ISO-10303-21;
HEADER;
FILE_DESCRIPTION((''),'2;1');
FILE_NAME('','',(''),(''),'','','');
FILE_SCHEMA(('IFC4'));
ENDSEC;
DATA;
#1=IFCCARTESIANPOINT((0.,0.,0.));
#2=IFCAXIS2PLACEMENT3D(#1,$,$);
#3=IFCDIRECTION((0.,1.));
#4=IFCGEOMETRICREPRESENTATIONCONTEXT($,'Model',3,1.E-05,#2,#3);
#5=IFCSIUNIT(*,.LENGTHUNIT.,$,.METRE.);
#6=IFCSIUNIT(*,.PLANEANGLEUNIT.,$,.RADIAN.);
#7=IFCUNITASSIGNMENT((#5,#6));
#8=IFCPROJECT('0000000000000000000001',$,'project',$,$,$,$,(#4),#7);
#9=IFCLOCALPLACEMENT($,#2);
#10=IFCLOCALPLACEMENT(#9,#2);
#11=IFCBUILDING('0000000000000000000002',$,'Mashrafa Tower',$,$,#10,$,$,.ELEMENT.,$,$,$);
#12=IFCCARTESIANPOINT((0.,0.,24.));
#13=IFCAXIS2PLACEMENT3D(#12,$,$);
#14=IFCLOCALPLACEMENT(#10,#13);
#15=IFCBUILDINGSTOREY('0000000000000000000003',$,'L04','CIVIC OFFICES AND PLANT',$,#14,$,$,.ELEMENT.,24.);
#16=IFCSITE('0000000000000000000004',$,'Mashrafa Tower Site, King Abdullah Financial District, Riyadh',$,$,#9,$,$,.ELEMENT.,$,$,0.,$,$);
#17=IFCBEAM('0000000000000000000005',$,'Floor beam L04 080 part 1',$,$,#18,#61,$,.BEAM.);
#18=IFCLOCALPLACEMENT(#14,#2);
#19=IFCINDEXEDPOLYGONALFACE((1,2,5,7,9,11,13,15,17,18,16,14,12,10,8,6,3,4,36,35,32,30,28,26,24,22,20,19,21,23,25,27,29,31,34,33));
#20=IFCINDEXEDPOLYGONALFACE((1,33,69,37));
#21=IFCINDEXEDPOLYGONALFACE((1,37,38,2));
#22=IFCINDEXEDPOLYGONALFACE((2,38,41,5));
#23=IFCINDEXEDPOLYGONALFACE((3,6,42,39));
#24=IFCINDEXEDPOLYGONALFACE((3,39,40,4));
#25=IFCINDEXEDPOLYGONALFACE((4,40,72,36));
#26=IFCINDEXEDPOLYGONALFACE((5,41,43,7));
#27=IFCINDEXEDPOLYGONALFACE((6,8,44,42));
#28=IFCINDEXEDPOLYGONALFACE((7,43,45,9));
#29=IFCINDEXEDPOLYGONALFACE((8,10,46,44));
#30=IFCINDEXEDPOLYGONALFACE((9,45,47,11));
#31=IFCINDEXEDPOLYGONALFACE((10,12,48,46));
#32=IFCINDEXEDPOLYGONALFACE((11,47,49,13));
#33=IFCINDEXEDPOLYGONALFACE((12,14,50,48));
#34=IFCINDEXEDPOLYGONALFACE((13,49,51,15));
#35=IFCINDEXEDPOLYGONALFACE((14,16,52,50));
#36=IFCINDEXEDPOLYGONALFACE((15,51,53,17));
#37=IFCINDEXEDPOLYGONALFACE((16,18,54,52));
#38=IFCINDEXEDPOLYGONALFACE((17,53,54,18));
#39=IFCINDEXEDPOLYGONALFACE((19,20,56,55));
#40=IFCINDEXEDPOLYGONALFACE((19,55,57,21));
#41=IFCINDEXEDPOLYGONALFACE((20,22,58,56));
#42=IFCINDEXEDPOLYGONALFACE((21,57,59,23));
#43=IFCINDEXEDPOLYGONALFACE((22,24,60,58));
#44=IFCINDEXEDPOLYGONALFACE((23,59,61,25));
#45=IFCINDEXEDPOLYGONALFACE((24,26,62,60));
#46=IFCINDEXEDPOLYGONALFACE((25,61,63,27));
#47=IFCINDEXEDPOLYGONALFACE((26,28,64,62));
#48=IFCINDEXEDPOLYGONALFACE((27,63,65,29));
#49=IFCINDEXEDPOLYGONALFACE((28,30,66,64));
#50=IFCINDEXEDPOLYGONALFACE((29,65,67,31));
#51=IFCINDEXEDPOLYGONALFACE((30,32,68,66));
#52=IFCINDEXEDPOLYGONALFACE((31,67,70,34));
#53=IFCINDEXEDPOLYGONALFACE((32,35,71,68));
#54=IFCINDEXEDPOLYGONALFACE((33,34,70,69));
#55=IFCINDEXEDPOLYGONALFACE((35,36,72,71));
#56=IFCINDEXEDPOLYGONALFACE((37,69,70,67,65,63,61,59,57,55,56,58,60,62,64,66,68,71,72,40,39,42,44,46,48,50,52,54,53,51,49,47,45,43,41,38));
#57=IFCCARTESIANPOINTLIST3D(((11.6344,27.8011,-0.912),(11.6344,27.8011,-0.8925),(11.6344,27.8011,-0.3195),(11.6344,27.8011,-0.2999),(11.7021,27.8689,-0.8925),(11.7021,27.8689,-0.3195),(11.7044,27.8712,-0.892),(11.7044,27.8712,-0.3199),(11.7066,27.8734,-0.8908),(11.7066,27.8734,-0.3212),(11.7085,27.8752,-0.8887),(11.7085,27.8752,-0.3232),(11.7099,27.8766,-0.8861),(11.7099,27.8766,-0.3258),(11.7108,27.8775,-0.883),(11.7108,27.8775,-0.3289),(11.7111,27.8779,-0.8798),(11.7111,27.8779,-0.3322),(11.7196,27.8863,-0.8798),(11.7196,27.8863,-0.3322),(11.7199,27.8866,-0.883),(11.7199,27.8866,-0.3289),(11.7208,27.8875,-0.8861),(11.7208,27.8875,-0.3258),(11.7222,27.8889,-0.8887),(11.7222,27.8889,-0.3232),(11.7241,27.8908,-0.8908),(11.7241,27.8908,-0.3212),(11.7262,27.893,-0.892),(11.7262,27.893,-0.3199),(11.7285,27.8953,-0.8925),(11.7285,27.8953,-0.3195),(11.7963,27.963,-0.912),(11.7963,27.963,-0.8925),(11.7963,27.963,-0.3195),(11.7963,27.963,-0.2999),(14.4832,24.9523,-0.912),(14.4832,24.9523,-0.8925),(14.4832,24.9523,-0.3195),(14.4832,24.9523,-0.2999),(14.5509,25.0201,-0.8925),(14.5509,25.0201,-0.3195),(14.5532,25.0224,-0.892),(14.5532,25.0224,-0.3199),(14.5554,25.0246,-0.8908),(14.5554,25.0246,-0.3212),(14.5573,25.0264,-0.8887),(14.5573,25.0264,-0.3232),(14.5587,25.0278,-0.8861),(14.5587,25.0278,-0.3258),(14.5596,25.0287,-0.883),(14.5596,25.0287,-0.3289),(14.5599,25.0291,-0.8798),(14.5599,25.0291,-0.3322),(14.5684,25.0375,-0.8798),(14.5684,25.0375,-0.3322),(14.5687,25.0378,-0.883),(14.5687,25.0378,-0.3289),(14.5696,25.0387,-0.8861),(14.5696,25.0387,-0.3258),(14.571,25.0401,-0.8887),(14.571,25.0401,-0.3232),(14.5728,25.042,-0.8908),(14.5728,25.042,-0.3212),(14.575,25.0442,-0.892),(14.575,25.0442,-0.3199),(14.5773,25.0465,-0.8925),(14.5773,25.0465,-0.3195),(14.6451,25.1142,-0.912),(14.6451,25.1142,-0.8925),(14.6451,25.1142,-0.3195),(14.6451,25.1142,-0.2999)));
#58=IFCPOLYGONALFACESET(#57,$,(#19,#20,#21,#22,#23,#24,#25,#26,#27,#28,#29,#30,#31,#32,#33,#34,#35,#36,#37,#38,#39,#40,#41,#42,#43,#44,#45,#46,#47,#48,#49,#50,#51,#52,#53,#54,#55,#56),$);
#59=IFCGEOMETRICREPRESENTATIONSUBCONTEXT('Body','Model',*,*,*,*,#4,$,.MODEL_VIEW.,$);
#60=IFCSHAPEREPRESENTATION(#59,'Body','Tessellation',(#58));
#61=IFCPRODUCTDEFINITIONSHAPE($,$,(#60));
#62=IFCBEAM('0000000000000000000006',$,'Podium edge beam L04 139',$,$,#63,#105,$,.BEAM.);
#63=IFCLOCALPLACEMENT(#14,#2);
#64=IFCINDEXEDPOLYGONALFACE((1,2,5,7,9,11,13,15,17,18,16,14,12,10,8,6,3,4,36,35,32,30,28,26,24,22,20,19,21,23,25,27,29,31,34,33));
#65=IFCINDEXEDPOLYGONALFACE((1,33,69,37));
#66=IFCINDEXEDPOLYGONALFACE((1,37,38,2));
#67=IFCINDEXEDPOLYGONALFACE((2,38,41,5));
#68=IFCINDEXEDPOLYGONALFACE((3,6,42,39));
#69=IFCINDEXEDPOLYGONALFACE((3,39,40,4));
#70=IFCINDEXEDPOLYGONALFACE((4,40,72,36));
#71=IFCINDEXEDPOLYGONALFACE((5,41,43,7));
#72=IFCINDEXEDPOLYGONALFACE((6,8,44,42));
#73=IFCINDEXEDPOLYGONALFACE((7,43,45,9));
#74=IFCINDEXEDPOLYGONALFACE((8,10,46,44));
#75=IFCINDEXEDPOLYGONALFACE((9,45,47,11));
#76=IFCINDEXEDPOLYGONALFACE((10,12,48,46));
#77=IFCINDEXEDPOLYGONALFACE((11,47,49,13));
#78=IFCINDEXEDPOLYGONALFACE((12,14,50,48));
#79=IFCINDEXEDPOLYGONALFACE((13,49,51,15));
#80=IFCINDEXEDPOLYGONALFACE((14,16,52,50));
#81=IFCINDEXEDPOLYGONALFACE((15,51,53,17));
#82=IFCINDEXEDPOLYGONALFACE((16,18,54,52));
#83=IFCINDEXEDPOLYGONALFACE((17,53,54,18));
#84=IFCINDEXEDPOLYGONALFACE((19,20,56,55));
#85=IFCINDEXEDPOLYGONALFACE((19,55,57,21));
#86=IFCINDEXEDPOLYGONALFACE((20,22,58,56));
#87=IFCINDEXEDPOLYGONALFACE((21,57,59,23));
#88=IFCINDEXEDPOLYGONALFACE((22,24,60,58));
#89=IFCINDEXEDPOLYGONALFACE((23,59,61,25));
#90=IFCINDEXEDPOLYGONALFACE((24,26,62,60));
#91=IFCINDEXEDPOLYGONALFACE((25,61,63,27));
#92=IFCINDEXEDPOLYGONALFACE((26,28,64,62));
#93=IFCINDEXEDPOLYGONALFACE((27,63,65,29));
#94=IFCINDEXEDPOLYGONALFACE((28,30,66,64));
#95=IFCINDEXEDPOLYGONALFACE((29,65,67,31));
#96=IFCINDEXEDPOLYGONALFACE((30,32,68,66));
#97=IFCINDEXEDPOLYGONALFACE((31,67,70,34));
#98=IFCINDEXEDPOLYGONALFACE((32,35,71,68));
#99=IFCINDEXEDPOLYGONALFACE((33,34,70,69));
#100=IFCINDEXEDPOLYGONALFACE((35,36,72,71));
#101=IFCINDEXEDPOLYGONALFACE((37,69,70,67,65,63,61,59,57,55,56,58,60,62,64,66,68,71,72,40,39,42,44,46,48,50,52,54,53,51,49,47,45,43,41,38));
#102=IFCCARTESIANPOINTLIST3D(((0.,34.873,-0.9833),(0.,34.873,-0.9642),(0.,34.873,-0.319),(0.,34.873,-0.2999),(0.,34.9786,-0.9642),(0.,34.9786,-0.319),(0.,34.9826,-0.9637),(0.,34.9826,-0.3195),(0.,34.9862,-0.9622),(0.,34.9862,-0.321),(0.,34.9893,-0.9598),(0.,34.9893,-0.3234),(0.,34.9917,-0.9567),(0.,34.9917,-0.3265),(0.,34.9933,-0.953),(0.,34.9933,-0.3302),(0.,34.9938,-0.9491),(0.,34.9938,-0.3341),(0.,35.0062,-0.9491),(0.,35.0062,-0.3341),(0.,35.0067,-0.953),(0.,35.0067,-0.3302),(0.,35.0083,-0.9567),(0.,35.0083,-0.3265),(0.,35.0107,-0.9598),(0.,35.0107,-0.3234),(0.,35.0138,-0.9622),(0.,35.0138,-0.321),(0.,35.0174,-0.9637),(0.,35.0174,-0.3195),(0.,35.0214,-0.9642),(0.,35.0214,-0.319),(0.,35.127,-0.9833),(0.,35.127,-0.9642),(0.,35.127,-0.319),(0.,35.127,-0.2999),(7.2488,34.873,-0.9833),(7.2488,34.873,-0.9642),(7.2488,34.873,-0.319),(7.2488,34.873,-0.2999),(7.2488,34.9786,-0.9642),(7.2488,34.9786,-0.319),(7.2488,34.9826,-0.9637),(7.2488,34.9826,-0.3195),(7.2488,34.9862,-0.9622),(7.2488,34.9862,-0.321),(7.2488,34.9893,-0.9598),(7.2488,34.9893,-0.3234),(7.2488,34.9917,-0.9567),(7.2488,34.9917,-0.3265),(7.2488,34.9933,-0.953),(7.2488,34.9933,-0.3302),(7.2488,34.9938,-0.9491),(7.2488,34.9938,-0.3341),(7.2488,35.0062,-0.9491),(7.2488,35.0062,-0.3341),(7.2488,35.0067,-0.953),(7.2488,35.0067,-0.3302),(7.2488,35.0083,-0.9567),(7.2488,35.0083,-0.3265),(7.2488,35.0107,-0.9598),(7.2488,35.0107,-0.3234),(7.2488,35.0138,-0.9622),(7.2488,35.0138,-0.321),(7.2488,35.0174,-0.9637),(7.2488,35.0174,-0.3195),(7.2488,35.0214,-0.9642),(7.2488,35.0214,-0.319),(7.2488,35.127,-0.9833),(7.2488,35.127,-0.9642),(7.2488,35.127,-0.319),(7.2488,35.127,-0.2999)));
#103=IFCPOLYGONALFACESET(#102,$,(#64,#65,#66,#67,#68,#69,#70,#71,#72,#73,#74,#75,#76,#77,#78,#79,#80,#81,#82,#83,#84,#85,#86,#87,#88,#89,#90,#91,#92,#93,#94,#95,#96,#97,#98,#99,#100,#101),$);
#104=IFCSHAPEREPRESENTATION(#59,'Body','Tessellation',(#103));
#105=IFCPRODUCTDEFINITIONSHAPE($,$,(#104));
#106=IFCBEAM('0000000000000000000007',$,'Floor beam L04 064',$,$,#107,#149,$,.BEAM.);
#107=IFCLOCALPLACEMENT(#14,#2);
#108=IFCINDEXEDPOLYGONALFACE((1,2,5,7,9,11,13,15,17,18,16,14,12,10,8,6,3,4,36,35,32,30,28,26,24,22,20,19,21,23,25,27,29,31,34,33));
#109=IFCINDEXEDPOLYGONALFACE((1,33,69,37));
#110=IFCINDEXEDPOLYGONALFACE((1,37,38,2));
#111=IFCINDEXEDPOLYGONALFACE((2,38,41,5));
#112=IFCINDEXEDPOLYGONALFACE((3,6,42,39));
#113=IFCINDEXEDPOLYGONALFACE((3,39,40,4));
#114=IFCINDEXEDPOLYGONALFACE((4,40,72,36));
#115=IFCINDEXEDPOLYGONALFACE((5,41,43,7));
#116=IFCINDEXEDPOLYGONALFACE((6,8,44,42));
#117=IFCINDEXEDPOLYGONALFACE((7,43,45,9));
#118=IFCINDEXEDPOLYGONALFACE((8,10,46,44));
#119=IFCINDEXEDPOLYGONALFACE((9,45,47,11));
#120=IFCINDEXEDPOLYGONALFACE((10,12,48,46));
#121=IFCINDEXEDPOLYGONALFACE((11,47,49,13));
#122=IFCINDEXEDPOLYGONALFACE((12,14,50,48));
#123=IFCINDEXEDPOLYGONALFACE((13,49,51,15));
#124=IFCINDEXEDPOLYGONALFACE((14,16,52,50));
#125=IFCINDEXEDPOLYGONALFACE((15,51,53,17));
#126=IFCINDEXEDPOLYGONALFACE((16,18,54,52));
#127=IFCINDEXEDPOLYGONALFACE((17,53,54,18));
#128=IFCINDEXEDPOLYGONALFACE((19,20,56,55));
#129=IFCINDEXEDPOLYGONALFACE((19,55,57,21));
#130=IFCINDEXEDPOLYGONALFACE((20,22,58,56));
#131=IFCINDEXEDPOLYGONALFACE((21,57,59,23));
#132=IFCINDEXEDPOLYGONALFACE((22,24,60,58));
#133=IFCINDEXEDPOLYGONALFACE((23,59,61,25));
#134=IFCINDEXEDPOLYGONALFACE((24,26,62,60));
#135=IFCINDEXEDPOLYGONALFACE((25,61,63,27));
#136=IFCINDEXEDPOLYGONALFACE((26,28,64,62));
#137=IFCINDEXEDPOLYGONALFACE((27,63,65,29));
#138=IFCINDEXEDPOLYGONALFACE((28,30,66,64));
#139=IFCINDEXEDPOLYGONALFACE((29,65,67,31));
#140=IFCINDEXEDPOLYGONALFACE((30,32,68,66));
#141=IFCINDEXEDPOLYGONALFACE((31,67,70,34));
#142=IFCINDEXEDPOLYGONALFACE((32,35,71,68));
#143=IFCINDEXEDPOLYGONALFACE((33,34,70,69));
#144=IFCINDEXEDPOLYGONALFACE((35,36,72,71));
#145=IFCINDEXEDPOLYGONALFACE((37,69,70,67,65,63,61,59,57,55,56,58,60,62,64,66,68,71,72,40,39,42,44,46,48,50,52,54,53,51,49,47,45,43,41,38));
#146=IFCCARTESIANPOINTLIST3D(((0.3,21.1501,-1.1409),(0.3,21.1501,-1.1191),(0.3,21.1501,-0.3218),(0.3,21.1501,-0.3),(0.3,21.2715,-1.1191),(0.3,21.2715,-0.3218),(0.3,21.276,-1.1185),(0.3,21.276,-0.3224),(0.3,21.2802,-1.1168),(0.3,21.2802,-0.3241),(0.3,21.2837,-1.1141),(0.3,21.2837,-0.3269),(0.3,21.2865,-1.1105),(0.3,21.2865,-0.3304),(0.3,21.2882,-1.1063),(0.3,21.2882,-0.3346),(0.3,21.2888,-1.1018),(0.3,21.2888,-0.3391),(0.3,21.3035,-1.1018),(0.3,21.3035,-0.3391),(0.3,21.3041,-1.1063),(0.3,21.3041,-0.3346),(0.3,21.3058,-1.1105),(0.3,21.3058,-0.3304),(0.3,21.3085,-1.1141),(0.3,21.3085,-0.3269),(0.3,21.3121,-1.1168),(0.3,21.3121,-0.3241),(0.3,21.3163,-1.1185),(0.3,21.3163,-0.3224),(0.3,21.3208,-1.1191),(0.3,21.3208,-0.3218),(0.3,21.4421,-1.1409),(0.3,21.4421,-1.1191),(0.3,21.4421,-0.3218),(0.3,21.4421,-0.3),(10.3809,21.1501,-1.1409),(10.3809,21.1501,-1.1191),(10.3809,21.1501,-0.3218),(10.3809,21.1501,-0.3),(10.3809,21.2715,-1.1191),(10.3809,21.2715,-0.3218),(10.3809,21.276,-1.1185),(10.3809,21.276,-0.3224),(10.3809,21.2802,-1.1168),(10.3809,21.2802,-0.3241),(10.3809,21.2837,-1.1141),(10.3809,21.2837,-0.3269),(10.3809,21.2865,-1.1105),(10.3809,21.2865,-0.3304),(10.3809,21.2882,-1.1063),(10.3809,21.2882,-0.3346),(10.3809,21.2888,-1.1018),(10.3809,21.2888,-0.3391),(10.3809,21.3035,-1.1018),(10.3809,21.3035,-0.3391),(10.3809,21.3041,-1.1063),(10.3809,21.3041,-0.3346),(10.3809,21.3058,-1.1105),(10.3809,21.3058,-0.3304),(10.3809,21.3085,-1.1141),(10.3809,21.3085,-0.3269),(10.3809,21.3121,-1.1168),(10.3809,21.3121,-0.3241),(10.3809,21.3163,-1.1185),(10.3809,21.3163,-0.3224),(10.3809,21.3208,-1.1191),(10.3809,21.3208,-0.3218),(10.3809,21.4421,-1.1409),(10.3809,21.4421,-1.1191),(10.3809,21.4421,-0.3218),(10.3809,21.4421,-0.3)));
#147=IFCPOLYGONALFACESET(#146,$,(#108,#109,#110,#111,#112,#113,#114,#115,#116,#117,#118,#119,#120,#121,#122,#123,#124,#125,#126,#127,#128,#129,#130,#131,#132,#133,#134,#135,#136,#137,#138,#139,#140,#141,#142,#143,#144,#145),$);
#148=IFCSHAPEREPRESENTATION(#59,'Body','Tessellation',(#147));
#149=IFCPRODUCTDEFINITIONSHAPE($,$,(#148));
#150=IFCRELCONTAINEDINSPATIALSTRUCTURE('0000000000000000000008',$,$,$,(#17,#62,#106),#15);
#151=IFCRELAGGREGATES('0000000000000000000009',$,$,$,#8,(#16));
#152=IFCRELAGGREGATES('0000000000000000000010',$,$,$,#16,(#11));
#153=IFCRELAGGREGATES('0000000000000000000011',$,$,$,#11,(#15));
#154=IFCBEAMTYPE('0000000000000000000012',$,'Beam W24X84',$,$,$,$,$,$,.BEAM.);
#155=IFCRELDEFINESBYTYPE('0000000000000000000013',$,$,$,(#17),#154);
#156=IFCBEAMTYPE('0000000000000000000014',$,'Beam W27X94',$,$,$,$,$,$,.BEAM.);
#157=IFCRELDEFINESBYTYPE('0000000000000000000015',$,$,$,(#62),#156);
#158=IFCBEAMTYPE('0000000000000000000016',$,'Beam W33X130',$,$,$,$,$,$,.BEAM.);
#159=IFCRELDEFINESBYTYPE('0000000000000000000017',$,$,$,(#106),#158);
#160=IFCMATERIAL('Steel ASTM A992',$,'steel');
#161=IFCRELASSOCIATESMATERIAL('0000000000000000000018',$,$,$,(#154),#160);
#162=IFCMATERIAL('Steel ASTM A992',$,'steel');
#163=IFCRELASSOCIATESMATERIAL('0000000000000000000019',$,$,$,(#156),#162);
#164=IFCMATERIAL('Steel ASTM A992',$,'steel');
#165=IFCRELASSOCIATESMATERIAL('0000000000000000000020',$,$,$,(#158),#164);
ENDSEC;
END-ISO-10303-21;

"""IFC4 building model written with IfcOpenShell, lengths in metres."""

from ifc_helpers import new_model, si_unit, direction, frame, origin, origin_2d, place, context, subcontext, project, spatial, i_section, extrude, material, material_profile, profile_set, type_object, element, save


model = new_model("IFC4")

# Units and contexts
model_context = context("Model", 3, precision=1e-05, world=origin(), true_north=direction((0.0, 1.0)))
body_context = subcontext(model_context, "Body", "Model", "MODEL_VIEW")
ifc_project = project(units=[si_unit("LENGTHUNIT", "METRE"), si_unit("PLANEANGLEUNIT", "RADIAN")], contexts=[model_context])

# Site, building, storey
site_placement = place(None, origin())
site = spatial("IfcSite", under=ifc_project, at=site_placement, Name="Mashrafa Tower Site, King Abdullah Financial District, Riyadh", CompositionType="ELEMENT", RefElevation=0.0)
building_placement = place(site_placement, origin())
building = spatial("IfcBuilding", under=site, at=building_placement, Name="Mashrafa Tower", CompositionType="ELEMENT")
storey_placement = place(building_placement, frame((0.0, 0.0, 24.0)))
storey = spatial("IfcBuildingStorey", under=building, at=storey_placement, Name="L04", Description="CIVIC OFFICES AND PLANT", CompositionType="ELEMENT", Elevation=24.0)

# Beams
ifc_material_1 = material(Name="Steel ASTM A992", Category="steel")
ifc_material_profile_1 = material_profile(ifc_material_1, i_section(OverallWidth=0.229, OverallDepth=0.6121, WebThickness=0.012, FlangeThickness=0.0195, FilletRadius=0.0127, at=origin_2d()), Name="W24X84")
ifc_profile_set_1 = profile_set([ifc_material_profile_1], Name="Steel ASTM A992")
beam_type_1 = type_object("IfcBeamType", Name="Beam W24X84", PredefinedType="BEAM", material=ifc_profile_set_1)
beam_1_placement = place(storey_placement, frame((11.7153, 27.8821, -0.606), z_axis=(0.707107, -0.707107, 0.0), x_axis=(0.707107, 0.707107, 0.0)))
element("IfcBeam", 1, at=beam_1_placement, inside=storey, type_object=beam_type_1, Name="Floor beam L04 080 part 1", PredefinedType="BEAM", context=body_context, shape_type="SweptSolid", body=[
    extrude(i_section(OverallWidth=0.229, OverallDepth=0.6121, WebThickness=0.012, FlangeThickness=0.0195, FilletRadius=0.0127, at=origin_2d()), origin(), (0.0, 0.0, 1.0), 4.0288),
])
ifc_material_2 = material(Name="Steel ASTM A992", Category="steel")
ifc_material_profile_2 = material_profile(ifc_material_2, i_section(OverallWidth=0.2539, OverallDepth=0.6833, WebThickness=0.0125, FlangeThickness=0.019, FilletRadius=0.0151, at=origin_2d()), Name="W27X94")
ifc_profile_set_2 = profile_set([ifc_material_profile_2], Name="Steel ASTM A992")
beam_type_2 = type_object("IfcBeamType", Name="Beam W27X94", PredefinedType="BEAM", material=ifc_profile_set_2)
beam_2_placement = place(storey_placement, frame((7.2488, 35.0, -0.6416), z_axis=(-1.0, 0.0, 0.0), x_axis=(0.0, -1.0, 0.0)))
element("IfcBeam", 2, at=beam_2_placement, inside=storey, type_object=beam_type_2, Name="Podium edge beam L04 139", PredefinedType="BEAM", context=body_context, shape_type="SweptSolid", body=[
    extrude(i_section(OverallWidth=0.2539, OverallDepth=0.6833, WebThickness=0.0125, FlangeThickness=0.019, FilletRadius=0.0151, at=origin_2d()), origin(), (0.0, 0.0, 1.0), 7.2488),
])
ifc_material_3 = material(Name="Steel ASTM A992", Category="steel")
ifc_material_profile_3 = material_profile(ifc_material_3, i_section(OverallWidth=0.292, OverallDepth=0.8408, WebThickness=0.0146, FlangeThickness=0.0217, FilletRadius=0.0173, at=origin_2d()), Name="W33X130")
ifc_profile_set_3 = profile_set([ifc_material_profile_3], Name="Steel ASTM A992")
beam_type_3 = type_object("IfcBeamType", Name="Beam W33X130", PredefinedType="BEAM", material=ifc_profile_set_3)
beam_3_placement = place(storey_placement, frame((0.3, 21.2961, -0.7205), z_axis=(1.0, 0.0, 0.0), x_axis=(0.0, 1.0, 0.0)))
element("IfcBeam", 3, at=beam_3_placement, inside=storey, type_object=beam_type_3, Name="Floor beam L04 064", PredefinedType="BEAM", context=body_context, shape_type="SweptSolid", body=[
    extrude(i_section(OverallWidth=0.292, OverallDepth=0.8408, WebThickness=0.0146, FlangeThickness=0.0217, FilletRadius=0.0173, at=origin_2d()), origin(), (0.0, 0.0, 1.0), 10.0808),
])

save(model, "model.ifc")
